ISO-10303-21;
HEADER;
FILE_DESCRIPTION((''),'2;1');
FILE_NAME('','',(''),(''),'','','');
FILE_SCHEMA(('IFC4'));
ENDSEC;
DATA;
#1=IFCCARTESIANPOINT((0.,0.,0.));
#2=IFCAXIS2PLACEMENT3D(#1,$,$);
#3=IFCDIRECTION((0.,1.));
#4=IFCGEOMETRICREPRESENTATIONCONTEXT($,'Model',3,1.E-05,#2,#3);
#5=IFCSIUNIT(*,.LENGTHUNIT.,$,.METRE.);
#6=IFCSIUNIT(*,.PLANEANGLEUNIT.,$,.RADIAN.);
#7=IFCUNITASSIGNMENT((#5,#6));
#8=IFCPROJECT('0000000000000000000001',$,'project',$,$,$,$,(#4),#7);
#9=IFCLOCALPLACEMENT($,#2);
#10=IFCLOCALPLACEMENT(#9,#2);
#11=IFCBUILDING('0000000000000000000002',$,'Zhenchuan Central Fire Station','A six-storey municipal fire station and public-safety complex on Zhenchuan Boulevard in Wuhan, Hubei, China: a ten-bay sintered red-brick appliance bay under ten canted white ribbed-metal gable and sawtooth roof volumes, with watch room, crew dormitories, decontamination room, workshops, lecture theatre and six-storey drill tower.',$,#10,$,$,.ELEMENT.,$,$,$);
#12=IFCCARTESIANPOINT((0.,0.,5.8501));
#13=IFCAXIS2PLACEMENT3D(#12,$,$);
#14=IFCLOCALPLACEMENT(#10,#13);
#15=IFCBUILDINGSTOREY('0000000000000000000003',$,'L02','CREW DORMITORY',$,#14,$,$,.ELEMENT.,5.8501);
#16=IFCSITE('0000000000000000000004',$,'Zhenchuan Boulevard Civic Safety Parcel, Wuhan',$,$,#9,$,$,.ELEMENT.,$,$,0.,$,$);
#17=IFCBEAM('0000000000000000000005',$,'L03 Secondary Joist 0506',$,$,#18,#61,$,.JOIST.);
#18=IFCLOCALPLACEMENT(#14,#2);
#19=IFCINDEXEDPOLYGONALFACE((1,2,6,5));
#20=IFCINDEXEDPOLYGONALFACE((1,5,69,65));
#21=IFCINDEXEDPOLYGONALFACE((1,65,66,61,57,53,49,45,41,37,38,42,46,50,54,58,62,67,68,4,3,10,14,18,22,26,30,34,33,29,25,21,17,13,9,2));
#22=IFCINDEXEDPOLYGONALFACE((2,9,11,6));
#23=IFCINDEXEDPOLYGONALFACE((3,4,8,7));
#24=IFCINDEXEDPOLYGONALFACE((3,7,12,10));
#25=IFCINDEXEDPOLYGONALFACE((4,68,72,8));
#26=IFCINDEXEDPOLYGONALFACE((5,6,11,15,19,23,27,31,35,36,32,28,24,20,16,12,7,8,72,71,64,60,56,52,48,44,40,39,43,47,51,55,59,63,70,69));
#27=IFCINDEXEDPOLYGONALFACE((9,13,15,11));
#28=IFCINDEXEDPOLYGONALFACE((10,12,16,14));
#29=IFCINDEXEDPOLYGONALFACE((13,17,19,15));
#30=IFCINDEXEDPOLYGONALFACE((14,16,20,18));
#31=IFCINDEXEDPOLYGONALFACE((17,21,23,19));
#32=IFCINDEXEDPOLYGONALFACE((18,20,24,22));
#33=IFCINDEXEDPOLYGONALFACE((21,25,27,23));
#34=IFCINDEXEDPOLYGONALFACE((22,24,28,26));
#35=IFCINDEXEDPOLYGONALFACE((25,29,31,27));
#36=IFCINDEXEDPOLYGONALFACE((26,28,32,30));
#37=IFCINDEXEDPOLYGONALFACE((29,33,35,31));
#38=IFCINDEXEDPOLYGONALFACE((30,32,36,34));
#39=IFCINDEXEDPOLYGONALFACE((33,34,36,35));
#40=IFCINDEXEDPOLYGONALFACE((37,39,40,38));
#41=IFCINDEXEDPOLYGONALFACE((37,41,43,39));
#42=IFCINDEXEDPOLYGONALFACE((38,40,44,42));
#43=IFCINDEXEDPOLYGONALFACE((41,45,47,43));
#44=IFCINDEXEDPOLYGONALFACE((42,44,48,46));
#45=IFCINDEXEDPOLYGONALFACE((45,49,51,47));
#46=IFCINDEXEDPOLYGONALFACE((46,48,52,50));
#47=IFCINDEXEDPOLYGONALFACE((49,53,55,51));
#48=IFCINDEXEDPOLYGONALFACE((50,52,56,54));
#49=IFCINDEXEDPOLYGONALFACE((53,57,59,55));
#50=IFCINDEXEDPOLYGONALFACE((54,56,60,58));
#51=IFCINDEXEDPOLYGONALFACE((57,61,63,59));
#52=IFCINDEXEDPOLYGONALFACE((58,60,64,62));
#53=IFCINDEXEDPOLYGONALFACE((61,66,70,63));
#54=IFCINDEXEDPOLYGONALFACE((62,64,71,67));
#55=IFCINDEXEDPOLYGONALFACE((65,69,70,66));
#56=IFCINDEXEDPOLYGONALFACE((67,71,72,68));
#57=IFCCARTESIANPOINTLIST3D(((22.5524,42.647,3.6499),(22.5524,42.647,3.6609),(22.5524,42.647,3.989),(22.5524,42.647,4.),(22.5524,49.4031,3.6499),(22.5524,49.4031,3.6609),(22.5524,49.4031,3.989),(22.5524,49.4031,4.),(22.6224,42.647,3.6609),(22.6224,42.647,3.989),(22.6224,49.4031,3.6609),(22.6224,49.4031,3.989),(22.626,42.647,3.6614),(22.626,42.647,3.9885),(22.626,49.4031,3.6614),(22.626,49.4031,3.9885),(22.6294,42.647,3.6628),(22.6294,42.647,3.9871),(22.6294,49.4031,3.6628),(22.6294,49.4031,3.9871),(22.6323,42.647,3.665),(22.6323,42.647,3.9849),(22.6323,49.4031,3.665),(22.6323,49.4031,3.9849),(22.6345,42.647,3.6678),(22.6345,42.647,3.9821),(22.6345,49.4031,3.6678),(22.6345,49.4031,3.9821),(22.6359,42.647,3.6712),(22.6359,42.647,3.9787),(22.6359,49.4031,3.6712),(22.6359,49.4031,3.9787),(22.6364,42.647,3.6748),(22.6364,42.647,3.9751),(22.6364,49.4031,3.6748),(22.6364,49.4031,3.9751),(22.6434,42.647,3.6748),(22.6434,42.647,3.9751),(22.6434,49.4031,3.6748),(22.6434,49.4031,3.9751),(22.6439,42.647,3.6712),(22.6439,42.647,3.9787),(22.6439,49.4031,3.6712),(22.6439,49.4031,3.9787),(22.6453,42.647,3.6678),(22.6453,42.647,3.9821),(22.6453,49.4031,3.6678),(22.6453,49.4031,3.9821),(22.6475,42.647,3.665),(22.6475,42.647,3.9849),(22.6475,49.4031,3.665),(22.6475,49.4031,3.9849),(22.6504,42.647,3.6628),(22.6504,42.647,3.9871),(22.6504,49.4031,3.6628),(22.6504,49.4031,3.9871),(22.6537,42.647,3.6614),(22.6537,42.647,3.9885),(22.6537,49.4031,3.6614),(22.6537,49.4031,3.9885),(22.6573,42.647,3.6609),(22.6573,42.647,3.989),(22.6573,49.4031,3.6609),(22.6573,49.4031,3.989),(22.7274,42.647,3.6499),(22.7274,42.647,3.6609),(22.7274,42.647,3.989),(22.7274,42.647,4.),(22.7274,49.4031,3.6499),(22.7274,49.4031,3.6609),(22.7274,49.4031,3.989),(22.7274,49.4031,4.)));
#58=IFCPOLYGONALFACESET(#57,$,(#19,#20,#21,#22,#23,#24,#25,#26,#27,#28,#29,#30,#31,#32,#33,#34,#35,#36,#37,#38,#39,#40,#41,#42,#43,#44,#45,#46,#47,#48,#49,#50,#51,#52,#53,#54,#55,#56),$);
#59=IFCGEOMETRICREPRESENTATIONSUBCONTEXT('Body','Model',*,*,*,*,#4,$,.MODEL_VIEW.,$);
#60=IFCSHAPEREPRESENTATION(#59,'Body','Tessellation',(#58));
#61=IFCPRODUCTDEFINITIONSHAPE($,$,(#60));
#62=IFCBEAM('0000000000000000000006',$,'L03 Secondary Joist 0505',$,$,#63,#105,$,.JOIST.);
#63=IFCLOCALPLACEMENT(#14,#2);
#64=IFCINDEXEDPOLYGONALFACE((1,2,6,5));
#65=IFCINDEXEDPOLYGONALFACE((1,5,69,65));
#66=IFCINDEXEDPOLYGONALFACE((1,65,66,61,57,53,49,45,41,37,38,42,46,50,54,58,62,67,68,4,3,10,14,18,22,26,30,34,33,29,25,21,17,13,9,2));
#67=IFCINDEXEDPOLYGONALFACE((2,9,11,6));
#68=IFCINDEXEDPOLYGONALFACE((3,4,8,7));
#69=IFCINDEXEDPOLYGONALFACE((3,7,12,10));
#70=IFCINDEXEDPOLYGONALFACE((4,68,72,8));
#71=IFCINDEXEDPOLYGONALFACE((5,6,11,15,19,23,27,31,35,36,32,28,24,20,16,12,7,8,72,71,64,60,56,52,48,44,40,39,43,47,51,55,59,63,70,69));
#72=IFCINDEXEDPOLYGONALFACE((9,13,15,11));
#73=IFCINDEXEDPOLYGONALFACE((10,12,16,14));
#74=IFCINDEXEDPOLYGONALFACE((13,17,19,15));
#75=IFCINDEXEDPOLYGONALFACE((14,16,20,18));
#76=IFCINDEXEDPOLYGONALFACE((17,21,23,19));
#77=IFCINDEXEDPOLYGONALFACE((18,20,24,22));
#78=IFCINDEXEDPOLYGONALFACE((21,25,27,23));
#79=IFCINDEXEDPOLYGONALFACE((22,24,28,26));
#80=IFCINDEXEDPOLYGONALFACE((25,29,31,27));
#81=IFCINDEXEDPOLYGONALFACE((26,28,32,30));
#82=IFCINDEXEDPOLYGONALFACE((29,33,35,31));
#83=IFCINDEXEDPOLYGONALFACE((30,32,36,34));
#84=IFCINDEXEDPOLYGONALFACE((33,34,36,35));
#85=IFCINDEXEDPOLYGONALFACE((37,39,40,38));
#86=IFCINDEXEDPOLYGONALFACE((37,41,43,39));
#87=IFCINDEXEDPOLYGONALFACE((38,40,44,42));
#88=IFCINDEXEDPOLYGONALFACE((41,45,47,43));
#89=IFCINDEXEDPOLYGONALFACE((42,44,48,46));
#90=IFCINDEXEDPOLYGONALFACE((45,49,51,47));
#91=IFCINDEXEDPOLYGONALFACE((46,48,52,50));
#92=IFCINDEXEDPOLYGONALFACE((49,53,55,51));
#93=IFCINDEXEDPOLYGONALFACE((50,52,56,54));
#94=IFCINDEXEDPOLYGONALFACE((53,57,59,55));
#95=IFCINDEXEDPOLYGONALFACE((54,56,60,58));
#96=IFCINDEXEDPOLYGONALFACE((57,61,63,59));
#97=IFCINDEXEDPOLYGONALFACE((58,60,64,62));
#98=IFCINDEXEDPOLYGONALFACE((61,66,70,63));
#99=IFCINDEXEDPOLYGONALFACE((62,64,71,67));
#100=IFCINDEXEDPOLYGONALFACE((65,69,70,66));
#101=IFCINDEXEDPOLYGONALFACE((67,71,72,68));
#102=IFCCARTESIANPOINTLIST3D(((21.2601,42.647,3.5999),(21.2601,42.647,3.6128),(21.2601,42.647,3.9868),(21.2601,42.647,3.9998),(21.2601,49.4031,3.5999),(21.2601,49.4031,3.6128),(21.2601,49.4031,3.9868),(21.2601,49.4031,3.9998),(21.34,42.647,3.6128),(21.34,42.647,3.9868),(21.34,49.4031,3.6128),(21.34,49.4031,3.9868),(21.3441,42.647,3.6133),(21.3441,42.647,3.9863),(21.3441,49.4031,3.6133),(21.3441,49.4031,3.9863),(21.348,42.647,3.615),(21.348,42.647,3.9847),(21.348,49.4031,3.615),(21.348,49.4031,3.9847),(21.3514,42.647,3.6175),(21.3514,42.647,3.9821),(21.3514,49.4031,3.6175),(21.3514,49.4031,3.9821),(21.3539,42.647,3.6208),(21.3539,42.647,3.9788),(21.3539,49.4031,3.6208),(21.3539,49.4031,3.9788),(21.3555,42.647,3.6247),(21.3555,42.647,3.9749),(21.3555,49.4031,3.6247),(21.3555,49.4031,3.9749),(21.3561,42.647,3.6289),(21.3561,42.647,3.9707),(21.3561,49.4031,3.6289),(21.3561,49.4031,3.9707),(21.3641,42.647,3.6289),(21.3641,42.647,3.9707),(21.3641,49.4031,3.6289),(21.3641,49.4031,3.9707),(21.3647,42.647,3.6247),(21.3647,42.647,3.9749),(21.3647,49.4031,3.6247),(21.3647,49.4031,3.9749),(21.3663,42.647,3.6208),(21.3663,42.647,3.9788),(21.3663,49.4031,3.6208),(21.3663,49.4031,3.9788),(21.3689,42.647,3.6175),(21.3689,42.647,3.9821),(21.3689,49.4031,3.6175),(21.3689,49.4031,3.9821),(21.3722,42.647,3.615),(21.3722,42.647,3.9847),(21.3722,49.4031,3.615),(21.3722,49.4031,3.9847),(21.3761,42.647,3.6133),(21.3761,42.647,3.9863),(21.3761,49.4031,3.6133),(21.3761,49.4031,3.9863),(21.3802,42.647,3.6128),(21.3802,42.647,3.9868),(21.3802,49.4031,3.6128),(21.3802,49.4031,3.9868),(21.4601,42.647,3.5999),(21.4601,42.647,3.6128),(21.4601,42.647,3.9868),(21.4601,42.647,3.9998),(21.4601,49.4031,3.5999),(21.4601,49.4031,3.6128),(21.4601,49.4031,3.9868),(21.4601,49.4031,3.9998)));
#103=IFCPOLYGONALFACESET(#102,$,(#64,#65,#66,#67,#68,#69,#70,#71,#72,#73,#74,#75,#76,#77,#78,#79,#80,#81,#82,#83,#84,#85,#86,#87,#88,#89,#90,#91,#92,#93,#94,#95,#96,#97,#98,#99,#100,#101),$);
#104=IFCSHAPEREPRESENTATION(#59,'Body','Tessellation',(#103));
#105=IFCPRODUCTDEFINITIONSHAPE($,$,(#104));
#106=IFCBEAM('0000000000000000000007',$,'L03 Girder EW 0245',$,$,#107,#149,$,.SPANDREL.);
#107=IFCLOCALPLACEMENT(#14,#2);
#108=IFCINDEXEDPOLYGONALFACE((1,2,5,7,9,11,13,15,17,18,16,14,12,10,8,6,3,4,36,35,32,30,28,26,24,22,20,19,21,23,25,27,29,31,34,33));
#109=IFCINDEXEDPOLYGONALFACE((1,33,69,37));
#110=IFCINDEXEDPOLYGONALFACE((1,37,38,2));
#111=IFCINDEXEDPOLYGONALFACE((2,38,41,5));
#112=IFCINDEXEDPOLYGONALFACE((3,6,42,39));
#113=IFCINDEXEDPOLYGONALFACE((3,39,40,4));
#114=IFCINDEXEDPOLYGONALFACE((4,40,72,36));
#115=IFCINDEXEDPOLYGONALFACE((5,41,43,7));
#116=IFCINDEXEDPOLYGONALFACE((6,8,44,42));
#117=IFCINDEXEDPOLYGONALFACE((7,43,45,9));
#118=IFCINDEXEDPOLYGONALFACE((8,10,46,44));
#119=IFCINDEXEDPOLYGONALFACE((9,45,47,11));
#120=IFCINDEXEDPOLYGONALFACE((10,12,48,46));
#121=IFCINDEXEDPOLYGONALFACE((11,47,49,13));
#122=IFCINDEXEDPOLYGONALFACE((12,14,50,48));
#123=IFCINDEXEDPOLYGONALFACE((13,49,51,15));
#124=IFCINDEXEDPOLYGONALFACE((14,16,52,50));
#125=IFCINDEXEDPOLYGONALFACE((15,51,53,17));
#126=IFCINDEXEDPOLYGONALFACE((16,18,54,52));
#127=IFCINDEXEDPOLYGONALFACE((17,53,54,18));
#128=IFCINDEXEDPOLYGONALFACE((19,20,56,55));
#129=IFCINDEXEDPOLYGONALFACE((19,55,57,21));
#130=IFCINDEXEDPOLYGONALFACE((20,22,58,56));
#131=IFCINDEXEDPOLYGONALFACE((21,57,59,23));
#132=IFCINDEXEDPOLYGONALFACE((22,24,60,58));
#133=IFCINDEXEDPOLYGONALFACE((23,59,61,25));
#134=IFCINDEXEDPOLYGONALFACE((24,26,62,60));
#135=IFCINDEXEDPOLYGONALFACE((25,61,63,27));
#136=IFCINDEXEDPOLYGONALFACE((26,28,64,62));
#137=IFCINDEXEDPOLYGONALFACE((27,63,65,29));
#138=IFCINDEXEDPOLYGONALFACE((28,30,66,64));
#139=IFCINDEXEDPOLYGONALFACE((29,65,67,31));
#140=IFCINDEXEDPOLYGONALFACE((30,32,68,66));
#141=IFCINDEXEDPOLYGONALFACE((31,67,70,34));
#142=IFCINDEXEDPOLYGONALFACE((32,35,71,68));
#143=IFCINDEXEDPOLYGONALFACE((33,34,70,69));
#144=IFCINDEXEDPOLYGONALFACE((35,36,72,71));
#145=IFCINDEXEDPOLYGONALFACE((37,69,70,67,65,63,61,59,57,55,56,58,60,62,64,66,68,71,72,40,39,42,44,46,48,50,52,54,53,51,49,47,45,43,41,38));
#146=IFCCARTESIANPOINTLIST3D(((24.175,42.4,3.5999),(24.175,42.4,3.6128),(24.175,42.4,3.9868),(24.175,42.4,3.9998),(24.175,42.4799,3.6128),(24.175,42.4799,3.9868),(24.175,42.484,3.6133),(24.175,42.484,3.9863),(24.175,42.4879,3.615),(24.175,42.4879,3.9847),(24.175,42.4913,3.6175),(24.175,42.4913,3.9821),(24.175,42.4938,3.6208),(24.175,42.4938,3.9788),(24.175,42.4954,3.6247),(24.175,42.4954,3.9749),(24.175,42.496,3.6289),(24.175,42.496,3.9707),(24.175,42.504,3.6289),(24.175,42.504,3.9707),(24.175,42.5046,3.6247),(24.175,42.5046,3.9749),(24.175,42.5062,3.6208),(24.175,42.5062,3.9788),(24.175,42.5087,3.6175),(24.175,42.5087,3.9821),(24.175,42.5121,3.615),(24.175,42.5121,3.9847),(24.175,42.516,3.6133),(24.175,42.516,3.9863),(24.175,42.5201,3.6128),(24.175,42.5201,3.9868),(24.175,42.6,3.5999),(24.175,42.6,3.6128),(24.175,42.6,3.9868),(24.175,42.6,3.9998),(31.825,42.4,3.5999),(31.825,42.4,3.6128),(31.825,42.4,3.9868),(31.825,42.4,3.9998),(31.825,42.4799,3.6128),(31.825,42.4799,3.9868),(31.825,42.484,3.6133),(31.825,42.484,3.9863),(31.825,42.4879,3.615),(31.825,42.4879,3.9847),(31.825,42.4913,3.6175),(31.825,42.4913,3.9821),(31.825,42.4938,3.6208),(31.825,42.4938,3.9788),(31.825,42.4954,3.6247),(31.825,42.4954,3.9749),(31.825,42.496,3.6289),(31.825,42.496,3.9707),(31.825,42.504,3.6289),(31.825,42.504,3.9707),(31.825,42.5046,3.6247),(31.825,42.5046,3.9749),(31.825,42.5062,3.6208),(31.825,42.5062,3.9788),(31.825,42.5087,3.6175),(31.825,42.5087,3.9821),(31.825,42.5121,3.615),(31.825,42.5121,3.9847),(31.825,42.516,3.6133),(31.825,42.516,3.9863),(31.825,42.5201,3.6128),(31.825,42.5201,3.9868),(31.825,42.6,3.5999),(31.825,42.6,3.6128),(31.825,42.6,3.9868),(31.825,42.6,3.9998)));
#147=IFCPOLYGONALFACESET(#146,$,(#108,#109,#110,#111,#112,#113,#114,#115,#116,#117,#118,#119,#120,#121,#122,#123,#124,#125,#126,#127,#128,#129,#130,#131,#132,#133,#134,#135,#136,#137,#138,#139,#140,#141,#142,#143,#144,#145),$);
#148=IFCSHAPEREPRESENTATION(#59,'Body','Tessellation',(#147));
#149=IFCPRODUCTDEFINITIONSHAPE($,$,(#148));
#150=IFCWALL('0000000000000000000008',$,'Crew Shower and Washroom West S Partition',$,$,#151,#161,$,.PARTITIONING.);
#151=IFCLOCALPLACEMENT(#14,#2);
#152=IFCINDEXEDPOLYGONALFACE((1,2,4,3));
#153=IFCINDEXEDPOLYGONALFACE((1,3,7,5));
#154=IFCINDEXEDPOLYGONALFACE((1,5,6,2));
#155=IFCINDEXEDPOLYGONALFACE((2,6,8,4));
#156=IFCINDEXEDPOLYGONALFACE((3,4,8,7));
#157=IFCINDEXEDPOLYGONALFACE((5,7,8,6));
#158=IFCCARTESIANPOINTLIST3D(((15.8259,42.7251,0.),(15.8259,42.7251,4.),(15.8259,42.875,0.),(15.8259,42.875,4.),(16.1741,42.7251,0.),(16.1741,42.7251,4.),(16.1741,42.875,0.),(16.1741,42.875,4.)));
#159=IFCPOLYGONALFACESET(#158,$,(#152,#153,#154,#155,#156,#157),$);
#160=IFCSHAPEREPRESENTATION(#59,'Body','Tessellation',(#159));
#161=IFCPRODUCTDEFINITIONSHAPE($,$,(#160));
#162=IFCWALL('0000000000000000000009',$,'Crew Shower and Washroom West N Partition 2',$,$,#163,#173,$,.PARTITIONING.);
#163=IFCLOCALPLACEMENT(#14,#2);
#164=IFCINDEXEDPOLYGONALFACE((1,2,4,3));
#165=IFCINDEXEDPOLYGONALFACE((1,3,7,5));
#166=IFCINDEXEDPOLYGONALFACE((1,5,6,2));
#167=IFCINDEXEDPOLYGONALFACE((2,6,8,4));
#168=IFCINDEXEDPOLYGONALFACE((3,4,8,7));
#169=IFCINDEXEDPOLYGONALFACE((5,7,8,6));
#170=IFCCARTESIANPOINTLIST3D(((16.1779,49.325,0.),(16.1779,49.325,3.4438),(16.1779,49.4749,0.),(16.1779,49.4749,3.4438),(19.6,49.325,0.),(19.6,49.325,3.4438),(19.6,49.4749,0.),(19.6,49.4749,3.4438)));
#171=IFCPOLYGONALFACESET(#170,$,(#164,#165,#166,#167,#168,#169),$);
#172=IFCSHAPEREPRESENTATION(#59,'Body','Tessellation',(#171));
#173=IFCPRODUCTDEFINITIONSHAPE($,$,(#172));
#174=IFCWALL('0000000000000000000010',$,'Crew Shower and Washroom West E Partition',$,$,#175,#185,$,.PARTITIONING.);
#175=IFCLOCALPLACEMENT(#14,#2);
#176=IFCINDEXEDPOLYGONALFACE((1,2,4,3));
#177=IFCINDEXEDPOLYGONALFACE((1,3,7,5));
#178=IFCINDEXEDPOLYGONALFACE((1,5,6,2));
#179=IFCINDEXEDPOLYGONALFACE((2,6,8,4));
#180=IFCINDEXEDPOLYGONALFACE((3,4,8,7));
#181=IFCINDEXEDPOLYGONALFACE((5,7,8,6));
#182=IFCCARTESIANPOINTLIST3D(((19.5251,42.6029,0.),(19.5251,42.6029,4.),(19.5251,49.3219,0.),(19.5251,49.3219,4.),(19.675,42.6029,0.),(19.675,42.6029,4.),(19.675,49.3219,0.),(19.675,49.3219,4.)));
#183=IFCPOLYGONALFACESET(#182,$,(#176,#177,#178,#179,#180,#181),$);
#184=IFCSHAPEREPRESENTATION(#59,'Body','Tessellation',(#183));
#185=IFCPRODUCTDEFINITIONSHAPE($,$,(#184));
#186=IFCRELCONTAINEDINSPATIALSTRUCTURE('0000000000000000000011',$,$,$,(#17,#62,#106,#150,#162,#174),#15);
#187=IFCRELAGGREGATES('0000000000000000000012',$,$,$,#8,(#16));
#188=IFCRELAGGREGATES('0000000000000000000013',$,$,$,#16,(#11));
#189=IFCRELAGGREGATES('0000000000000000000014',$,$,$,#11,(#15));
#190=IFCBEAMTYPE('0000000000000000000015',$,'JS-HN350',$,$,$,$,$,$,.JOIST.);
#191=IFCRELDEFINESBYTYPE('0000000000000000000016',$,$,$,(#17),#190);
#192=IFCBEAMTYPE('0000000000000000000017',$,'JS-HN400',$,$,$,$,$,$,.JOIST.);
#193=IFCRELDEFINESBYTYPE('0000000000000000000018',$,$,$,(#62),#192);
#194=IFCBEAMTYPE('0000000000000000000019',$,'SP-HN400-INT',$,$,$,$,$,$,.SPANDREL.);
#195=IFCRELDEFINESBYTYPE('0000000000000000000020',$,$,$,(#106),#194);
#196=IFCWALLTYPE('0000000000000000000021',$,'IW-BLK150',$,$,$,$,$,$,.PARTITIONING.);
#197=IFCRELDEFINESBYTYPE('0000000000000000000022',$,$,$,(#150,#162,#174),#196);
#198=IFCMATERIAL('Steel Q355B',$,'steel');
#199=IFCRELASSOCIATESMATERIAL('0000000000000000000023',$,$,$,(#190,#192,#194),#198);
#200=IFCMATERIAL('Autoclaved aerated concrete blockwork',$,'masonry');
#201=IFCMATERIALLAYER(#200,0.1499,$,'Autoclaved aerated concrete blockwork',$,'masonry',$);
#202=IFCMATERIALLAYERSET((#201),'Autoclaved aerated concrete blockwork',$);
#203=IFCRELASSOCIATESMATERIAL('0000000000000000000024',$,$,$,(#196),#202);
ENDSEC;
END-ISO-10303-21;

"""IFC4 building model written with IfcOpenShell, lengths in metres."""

from ifc_helpers import new_model, si_unit, direction, frame, frame_2d, origin, origin_2d, place, context, subcontext, project, spatial, rectangle, i_section, extrude, material, layer, layer_set, material_profile, profile_set, type_object, element, save


model = new_model("IFC4")

# Units and contexts
model_context = context("Model", 3, precision=1e-05, world=origin(), true_north=direction((0.0, 1.0)))
body_context = subcontext(model_context, "Body", "Model", "MODEL_VIEW")
ifc_project = project(units=[si_unit("LENGTHUNIT", "METRE"), si_unit("PLANEANGLEUNIT", "RADIAN")], contexts=[model_context])

# Site, building, storey
site_placement = place(None, origin())
site = spatial("IfcSite", under=ifc_project, at=site_placement, Name="Zhenchuan Boulevard Civic Safety Parcel, Wuhan", CompositionType="ELEMENT", RefElevation=0.0)
building_placement = place(site_placement, origin())
building = spatial("IfcBuilding", under=site, at=building_placement, Name="Zhenchuan Central Fire Station", Description="A six-storey municipal fire station and public-safety complex on Zhenchuan Boulevard in Wuhan, Hubei, China: a ten-bay sintered red-brick appliance bay under ten canted white ribbed-metal gable and sawtooth roof volumes, with watch room, crew dormitories, decontamination room, workshops, lecture theatre and six-storey drill tower.", CompositionType="ELEMENT")
storey_placement = place(building_placement, frame((0.0, 0.0, 5.8501)))
storey = spatial("IfcBuildingStorey", under=building, at=storey_placement, Name="L02", Description="CREW DORMITORY", CompositionType="ELEMENT", Elevation=5.8501)

# Shared definitions
ifc_material_1 = material(Name="Steel Q355B", Category="steel")

# Beams
ifc_material_profile_1 = material_profile(ifc_material_1, i_section(OverallWidth=0.175, OverallDepth=0.3501, WebThickness=0.0071, FlangeThickness=0.011, FilletRadius=0.0139, at=origin_2d()), Name="HN 350x175")
ifc_profile_set_1 = profile_set([ifc_material_profile_1], Name="Steel Q355B")
beam_type_1 = type_object("IfcBeamType", Name="JS-HN350", PredefinedType="JOIST", material=ifc_profile_set_1)
beam_1_placement = place(storey_placement, frame((22.6399, 42.647, 3.825), z_axis=(0.0, 1.0, 0.0), x_axis=(-1.0, 0.0, 0.0)))
element("IfcBeam", 1, at=beam_1_placement, inside=storey, type_object=beam_type_1, Name="L03 Secondary Joist 0506", PredefinedType="JOIST", context=body_context, shape_type="SweptSolid", body=[
    extrude(i_section(OverallWidth=0.175, OverallDepth=0.3501, WebThickness=0.0071, FlangeThickness=0.011, FilletRadius=0.0139, at=origin_2d()), origin(), (0.0, 0.0, 1.0), 6.7561),
])
ifc_material_profile_2 = material_profile(ifc_material_1, i_section(OverallWidth=0.2, OverallDepth=0.3999, WebThickness=0.0081, FlangeThickness=0.0129, FilletRadius=0.0161, at=origin_2d()), Name="HN 400x200")
ifc_profile_set_2 = profile_set([ifc_material_profile_2], Name="Steel Q355B")
beam_type_2 = type_object("IfcBeamType", Name="JS-HN400", PredefinedType="JOIST", material=ifc_profile_set_2)
beam_2_placement = place(storey_placement, frame((21.3601, 42.647, 3.7998), z_axis=(0.0, 1.0, 0.0), x_axis=(-1.0, 0.0, 0.0)))
element("IfcBeam", 2, at=beam_2_placement, inside=storey, type_object=beam_type_2, Name="L03 Secondary Joist 0505", PredefinedType="JOIST", context=body_context, shape_type="SweptSolid", body=[
    extrude(i_section(OverallWidth=0.2, OverallDepth=0.3999, WebThickness=0.0081, FlangeThickness=0.0129, FilletRadius=0.0161, at=origin_2d()), origin(), (0.0, 0.0, 1.0), 6.7561),
])
ifc_material_profile_3 = material_profile(ifc_material_1, i_section(OverallWidth=0.2, OverallDepth=0.3999, WebThickness=0.0081, FlangeThickness=0.0129, FilletRadius=0.0161, at=origin_2d()), Name="HN 400x200")
ifc_profile_set_3 = profile_set([ifc_material_profile_3], Name="Steel Q355B")
beam_type_3 = type_object("IfcBeamType", Name="SP-HN400-INT", PredefinedType="SPANDREL", material=ifc_profile_set_3)
beam_3_placement = place(storey_placement, frame((24.175, 42.5, 3.7998), z_axis=(1.0, 0.0, 0.0), x_axis=(0.0, 1.0, 0.0)))
element("IfcBeam", 3, at=beam_3_placement, inside=storey, type_object=beam_type_3, Name="L03 Girder EW 0245", PredefinedType="SPANDREL", context=body_context, shape_type="SweptSolid", body=[
    extrude(i_section(OverallWidth=0.2, OverallDepth=0.3999, WebThickness=0.0081, FlangeThickness=0.0129, FilletRadius=0.0161, at=origin_2d()), origin(), (0.0, 0.0, 1.0), 7.6499),
])

# Walls
ifc_material_2 = material(Name="Autoclaved aerated concrete blockwork", Category="masonry")
ifc_layer_1 = layer(ifc_material_2, 0.1499, Name="Autoclaved aerated concrete blockwork", Category="masonry")
ifc_layer_set_1 = layer_set([ifc_layer_1], Name="Autoclaved aerated concrete blockwork")
wall_type_1 = type_object("IfcWallType", Name="IW-BLK150", PredefinedType="PARTITIONING", material=ifc_layer_set_1)
wall_1_placement = place(storey_placement, frame((15.8259, 42.8, 0.0), z_axis=(0.0, 0.0, 1.0), x_axis=(1.0, 0.0, 0.0)))
element("IfcWall", 4, at=wall_1_placement, inside=storey, type_object=wall_type_1, Name="Crew Shower and Washroom West S Partition", PredefinedType="PARTITIONING", context=body_context, shape_type="SweptSolid", body=[
    extrude(rectangle(XDim=0.3481, YDim=0.1499, at=frame_2d((0.1741, 0.0))), origin(), (0.0, 0.0, 1.0), 4.0),
])
wall_2_placement = place(storey_placement, frame((16.178, 49.3999, 0.0), z_axis=(0.0, 0.0, 1.0), x_axis=(1.0, 0.0, 0.0)))
element("IfcWall", 5, at=wall_2_placement, inside=storey, type_object=wall_type_1, Name="Crew Shower and Washroom West N Partition 2", PredefinedType="PARTITIONING", context=body_context, shape_type="SweptSolid", body=[
    extrude(rectangle(XDim=3.4221, YDim=0.1499, at=frame_2d((1.7109, 0.0))), origin(), (0.0, 0.0, 1.0), 3.4438),
])
wall_3_placement = place(storey_placement, frame((19.6001, 42.603, 0.0), z_axis=(0.0, 0.0, 1.0), x_axis=(0.0, 1.0, 0.0)))
element("IfcWall", 6, at=wall_3_placement, inside=storey, type_object=wall_type_1, Name="Crew Shower and Washroom West E Partition", PredefinedType="PARTITIONING", context=body_context, shape_type="SweptSolid", body=[
    extrude(rectangle(XDim=6.719, YDim=0.1499, at=frame_2d((3.3594, 0.0))), origin(), (0.0, 0.0, 1.0), 4.0),
])

save(model, "model.ifc")
